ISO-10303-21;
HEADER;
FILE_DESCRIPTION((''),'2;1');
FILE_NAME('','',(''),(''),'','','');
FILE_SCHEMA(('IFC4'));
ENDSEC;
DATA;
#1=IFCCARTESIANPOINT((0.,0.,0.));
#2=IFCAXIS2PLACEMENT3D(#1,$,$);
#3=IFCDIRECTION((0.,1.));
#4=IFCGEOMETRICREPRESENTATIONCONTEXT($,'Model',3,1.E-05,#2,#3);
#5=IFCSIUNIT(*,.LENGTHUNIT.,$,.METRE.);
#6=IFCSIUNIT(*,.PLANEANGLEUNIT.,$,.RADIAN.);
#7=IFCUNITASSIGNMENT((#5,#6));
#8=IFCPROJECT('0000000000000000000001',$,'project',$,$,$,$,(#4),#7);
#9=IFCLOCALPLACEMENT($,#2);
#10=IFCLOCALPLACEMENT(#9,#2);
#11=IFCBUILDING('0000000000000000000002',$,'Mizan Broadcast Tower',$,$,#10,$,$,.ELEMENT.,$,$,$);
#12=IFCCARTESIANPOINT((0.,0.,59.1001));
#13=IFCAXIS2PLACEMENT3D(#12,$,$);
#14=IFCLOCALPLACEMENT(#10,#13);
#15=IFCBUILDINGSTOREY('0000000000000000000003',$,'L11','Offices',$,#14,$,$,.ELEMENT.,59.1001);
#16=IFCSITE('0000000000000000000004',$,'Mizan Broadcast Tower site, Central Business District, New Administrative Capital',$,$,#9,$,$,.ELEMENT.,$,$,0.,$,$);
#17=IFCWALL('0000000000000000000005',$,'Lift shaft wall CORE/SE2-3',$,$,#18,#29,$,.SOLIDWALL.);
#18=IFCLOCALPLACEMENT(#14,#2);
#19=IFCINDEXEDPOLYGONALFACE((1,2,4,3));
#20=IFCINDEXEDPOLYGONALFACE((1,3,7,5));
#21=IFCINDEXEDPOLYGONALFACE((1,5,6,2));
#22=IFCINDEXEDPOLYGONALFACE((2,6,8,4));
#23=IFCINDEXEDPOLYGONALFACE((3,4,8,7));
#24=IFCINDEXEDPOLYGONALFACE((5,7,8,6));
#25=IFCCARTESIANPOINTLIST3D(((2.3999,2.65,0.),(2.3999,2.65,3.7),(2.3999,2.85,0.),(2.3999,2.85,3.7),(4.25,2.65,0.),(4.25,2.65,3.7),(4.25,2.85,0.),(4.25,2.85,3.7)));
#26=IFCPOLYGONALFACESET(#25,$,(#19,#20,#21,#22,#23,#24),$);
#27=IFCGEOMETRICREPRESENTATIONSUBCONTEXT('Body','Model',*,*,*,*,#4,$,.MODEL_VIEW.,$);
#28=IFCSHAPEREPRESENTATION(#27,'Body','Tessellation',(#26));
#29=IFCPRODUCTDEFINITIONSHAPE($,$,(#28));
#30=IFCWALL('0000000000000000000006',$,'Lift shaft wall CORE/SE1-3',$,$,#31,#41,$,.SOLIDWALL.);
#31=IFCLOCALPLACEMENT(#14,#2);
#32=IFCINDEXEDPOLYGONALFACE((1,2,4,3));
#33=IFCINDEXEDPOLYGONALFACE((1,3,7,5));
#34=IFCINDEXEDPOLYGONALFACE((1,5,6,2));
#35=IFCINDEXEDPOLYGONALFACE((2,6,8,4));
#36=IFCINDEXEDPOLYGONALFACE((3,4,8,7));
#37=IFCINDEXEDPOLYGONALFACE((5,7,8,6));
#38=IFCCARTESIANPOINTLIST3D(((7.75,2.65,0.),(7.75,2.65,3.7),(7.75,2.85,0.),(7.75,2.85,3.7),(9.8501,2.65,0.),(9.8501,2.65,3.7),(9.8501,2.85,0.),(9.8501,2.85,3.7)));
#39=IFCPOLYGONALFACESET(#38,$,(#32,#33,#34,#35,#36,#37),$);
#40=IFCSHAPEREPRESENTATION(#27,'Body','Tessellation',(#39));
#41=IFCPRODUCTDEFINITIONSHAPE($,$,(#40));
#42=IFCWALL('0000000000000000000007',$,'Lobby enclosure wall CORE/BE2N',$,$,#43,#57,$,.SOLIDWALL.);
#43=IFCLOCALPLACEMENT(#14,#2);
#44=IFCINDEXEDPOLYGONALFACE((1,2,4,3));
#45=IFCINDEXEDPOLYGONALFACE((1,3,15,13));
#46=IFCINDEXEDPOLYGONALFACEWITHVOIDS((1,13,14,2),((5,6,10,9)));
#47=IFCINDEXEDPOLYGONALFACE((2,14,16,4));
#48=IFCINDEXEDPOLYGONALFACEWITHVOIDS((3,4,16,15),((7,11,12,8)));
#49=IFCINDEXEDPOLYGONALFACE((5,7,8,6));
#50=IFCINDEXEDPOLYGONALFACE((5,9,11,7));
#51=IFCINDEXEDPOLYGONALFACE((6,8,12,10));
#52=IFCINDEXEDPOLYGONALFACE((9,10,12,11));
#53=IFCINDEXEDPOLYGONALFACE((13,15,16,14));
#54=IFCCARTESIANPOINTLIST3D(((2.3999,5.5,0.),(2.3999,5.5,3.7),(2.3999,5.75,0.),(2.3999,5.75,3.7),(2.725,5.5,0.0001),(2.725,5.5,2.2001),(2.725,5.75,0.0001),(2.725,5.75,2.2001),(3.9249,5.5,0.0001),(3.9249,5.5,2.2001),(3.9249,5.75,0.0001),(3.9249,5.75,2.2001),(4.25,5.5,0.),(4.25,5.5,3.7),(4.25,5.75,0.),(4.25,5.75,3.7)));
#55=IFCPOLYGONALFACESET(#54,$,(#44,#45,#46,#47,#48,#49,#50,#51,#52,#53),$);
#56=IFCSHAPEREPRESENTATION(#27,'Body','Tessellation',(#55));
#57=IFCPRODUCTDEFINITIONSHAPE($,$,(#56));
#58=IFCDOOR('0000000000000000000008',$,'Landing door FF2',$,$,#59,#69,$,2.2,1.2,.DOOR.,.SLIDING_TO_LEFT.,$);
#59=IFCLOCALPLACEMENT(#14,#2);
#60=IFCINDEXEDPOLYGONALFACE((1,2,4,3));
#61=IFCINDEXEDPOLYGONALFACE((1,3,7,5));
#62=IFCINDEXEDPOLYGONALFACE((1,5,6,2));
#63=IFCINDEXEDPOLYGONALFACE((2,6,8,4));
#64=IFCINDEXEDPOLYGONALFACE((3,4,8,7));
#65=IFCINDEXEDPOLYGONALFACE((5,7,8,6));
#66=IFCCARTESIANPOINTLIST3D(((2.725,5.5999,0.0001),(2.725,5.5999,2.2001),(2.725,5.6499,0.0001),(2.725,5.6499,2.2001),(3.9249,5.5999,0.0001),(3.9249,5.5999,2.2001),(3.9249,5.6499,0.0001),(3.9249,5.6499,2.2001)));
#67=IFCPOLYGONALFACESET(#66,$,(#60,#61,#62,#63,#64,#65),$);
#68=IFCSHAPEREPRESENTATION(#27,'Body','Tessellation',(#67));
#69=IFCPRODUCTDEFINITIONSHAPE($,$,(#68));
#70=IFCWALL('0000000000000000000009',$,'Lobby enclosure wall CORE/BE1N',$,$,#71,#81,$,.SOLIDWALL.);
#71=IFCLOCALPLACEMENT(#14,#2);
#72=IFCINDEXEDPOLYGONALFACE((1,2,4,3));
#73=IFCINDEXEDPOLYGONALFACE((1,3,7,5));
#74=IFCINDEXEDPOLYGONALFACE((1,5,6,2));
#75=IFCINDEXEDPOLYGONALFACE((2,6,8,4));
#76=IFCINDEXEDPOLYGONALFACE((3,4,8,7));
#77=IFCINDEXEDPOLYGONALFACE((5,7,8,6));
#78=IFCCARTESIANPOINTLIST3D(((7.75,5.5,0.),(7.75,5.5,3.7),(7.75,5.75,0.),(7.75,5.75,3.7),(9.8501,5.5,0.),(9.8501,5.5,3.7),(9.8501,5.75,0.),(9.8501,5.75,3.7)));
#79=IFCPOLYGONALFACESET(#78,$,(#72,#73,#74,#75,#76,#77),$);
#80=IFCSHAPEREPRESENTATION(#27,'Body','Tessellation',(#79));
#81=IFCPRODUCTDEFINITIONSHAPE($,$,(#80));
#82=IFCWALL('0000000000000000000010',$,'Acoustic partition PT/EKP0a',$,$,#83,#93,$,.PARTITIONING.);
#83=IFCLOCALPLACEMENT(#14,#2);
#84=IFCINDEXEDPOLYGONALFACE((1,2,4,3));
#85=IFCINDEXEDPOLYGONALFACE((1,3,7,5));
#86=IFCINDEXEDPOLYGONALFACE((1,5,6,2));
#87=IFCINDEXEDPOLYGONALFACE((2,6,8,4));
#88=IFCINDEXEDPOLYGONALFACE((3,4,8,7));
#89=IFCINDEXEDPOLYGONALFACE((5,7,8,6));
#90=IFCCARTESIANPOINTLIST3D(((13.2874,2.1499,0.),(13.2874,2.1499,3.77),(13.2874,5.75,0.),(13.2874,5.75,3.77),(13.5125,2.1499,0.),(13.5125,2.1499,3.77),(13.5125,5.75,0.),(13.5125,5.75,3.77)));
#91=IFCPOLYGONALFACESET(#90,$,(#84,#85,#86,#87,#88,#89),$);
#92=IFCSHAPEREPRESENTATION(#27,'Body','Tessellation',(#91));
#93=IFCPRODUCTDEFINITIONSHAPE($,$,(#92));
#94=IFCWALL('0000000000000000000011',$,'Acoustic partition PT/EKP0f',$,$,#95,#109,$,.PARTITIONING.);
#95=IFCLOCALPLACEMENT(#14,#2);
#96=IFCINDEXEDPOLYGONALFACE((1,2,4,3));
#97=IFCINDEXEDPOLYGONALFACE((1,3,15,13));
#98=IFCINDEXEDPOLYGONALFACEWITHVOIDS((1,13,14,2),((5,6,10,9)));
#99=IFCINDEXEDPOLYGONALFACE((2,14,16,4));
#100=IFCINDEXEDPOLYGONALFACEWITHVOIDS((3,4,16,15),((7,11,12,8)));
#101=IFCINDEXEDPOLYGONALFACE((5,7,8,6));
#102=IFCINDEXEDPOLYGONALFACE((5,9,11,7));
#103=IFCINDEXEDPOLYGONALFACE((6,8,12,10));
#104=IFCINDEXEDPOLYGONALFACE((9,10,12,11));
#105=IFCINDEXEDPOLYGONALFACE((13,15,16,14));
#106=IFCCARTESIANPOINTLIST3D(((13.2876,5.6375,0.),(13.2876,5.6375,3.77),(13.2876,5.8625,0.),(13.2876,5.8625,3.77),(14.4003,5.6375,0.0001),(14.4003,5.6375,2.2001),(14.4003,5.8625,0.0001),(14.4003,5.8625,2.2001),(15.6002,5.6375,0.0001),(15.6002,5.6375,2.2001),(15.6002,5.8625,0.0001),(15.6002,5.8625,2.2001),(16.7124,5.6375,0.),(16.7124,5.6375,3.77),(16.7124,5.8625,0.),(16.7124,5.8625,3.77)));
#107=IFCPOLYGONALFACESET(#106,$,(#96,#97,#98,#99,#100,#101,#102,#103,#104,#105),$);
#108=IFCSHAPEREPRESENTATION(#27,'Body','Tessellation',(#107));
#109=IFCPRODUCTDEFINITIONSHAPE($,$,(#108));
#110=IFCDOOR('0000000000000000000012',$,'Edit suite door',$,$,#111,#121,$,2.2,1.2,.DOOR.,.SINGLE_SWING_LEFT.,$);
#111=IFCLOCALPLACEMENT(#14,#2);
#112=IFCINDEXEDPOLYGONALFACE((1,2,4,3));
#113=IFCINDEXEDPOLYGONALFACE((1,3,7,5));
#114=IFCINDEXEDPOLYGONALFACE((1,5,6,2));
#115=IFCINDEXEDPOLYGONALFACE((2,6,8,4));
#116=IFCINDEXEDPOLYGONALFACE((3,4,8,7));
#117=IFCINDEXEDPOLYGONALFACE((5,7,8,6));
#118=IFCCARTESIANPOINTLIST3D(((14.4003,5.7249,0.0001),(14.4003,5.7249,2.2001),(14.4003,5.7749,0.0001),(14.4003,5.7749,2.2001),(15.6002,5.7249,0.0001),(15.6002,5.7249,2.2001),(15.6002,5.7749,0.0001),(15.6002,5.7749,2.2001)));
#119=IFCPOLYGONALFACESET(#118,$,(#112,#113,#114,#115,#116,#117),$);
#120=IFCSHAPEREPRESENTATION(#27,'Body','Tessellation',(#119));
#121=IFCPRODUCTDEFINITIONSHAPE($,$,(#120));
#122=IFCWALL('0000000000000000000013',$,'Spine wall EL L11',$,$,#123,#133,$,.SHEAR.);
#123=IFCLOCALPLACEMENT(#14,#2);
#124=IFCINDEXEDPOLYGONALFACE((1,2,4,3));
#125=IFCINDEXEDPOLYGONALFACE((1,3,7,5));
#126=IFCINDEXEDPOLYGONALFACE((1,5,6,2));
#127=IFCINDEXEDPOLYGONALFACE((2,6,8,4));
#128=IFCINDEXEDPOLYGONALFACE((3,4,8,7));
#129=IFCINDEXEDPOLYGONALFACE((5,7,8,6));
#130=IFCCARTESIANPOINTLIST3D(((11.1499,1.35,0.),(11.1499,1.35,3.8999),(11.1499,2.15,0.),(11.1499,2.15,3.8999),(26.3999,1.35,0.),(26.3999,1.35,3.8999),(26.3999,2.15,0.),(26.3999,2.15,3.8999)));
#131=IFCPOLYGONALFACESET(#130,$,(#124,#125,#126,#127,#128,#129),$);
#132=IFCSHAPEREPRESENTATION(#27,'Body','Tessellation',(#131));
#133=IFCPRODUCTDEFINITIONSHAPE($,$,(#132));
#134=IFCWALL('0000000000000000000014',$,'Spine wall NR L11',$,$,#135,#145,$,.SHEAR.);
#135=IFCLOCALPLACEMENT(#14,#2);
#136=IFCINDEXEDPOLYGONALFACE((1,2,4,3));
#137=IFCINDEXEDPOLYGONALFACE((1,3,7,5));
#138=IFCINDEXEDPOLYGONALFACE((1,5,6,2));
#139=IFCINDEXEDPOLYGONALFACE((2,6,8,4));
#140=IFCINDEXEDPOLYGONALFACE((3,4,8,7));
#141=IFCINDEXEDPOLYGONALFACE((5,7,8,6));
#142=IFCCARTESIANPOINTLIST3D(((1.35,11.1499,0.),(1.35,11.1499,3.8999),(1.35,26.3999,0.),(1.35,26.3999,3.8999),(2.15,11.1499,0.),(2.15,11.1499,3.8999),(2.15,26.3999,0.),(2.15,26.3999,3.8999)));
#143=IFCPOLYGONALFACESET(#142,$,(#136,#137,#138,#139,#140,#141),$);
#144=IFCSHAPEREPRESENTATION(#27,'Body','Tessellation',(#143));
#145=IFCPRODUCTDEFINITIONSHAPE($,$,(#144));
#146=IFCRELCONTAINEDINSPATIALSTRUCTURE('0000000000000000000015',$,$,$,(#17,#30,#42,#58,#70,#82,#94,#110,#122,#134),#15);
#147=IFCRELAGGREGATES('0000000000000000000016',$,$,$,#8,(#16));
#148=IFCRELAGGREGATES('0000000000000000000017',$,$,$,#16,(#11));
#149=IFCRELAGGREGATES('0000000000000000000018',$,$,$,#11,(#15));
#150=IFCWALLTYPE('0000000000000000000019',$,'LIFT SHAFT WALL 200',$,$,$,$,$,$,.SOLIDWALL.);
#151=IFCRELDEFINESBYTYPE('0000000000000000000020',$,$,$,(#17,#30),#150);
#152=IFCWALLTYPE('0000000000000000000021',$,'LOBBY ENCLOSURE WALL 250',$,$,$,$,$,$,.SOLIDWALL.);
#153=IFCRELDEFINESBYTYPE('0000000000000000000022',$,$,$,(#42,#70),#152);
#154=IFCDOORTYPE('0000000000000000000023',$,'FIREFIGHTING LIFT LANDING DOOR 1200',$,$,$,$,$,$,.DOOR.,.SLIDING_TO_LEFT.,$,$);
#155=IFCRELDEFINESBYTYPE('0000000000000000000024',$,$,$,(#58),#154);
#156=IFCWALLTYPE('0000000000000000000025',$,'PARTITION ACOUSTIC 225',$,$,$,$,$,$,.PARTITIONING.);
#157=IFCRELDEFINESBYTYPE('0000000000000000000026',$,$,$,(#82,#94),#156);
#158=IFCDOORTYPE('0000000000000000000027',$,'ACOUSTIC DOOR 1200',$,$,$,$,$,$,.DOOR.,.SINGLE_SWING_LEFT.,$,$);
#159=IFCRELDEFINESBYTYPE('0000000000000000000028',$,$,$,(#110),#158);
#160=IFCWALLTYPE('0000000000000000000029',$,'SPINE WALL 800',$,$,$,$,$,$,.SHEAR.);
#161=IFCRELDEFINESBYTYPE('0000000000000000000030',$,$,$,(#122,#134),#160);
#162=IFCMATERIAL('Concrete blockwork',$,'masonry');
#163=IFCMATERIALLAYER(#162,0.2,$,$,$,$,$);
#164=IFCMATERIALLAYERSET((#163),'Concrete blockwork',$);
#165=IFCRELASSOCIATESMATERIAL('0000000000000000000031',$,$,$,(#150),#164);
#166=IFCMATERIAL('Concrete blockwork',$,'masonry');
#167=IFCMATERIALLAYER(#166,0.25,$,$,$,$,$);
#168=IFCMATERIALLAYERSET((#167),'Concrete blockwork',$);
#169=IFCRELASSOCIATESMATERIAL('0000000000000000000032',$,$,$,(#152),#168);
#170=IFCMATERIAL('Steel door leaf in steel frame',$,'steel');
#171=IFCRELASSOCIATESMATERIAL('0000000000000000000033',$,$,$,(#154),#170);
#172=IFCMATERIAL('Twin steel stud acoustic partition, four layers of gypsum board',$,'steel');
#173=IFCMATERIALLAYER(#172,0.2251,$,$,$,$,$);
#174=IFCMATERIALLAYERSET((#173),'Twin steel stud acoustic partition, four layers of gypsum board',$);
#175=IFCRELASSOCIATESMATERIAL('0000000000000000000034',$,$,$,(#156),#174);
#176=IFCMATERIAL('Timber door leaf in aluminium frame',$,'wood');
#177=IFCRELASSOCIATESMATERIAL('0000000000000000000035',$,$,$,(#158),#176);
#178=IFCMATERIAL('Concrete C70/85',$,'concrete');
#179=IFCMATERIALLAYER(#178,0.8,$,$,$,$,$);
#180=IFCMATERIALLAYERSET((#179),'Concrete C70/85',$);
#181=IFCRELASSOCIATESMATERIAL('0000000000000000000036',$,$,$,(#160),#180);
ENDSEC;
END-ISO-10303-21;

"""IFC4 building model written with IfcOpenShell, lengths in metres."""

from ifc_helpers import new_model, si_unit, direction, frame, frame_2d, origin, place, context, subcontext, project, spatial, rectangle, extrude, material, layer, layer_set, type_object, element, fill, save


model = new_model("IFC4")

# Units and contexts
model_context = context("Model", 3, precision=1e-05, world=origin(), true_north=direction((0.0, 1.0)))
body_context = subcontext(model_context, "Body", "Model", "MODEL_VIEW")
ifc_project = project(units=[si_unit("LENGTHUNIT", "METRE"), si_unit("PLANEANGLEUNIT", "RADIAN")], contexts=[model_context])

# Site, building, storey
site_placement = place(None, origin())
site = spatial("IfcSite", under=ifc_project, at=site_placement, Name="Mizan Broadcast Tower site, Central Business District, New Administrative Capital", CompositionType="ELEMENT", RefElevation=0.0)
building_placement = place(site_placement, origin())
building = spatial("IfcBuilding", under=site, at=building_placement, Name="Mizan Broadcast Tower", CompositionType="ELEMENT")
storey_placement = place(building_placement, frame((0.0, 0.0, 59.1001)))
storey = spatial("IfcBuildingStorey", under=building, at=storey_placement, Name="L11", Description="Offices", CompositionType="ELEMENT", Elevation=59.1001)

# Walls
ifc_material_1 = material(Name="Concrete blockwork", Category="masonry")
ifc_layer_1 = layer(ifc_material_1, 0.2)
ifc_layer_set_1 = layer_set([ifc_layer_1], Name="Concrete blockwork")
wall_type_1 = type_object("IfcWallType", Name="LIFT SHAFT WALL 200", PredefinedType="SOLIDWALL", material=ifc_layer_set_1)
wall_1_placement = place(storey_placement, frame((2.3999, 2.75, 0.0), z_axis=(0.0, 0.0, 1.0), x_axis=(1.0, 0.0, 0.0)))
element("IfcWall", 1, at=wall_1_placement, inside=storey, type_object=wall_type_1, Name="Lift shaft wall CORE/SE2-3", PredefinedType="SOLIDWALL", context=body_context, shape_type="SweptSolid", body=[
    extrude(rectangle(XDim=1.8501, YDim=0.2, at=frame_2d((0.925, 0.0))), origin(), (0.0, 0.0, 1.0), 3.7),
])
wall_2_placement = place(storey_placement, frame((7.75, 2.75, 0.0), z_axis=(0.0, 0.0, 1.0), x_axis=(1.0, 0.0, 0.0)))
element("IfcWall", 2, at=wall_2_placement, inside=storey, type_object=wall_type_1, Name="Lift shaft wall CORE/SE1-3", PredefinedType="SOLIDWALL", context=body_context, shape_type="SweptSolid", body=[
    extrude(rectangle(XDim=2.1001, YDim=0.2, at=frame_2d((1.05, 0.0))), origin(), (0.0, 0.0, 1.0), 3.7),
])

# Wall, opening, door
ifc_material_2 = material(Name="Concrete blockwork", Category="masonry")
ifc_layer_2 = layer(ifc_material_2, 0.25)
ifc_layer_set_2 = layer_set([ifc_layer_2], Name="Concrete blockwork")
wall_type_2 = type_object("IfcWallType", Name="LOBBY ENCLOSURE WALL 250", PredefinedType="SOLIDWALL", material=ifc_layer_set_2)
wall_3_placement = place(storey_placement, frame((2.3999, 5.625, 0.0), z_axis=(0.0, 0.0, 1.0), x_axis=(1.0, 0.0, 0.0)))
wall_3 = element("IfcWall", 3, at=wall_3_placement, inside=storey, type_object=wall_type_2, Name="Lobby enclosure wall CORE/BE2N", PredefinedType="SOLIDWALL", context=body_context, shape_type="SweptSolid", body=[
    extrude(rectangle(XDim=1.8501, YDim=0.25, at=frame_2d((0.925, 0.0))), origin(), (0.0, 0.0, 1.0), 3.7),
])
opening_1_placement = place(wall_3_placement, frame((0.325, 0.0, 0.0)))
opening_1 = element("IfcOpeningElement", 4, at=opening_1_placement, cuts=wall_3, PredefinedType="OPENING", context=body_context, shape_type="SweptSolid", body=[
    extrude(rectangle(XDim=1.2, YDim=2.2, at=frame_2d((0.6001, 1.1001))), frame((0.0, 0.135, 0.0), z_axis=(0.0, -1.0, 0.0), x_axis=(1.0, 0.0, 0.0)), (0.0, 0.0, 1.0), 0.27),
])
ifc_material_3 = material(Name="Steel door leaf in steel frame", Category="steel")
door_type_1 = type_object("IfcDoorType", Name="FIREFIGHTING LIFT LANDING DOOR 1200", OperationType="SLIDING_TO_LEFT", PredefinedType="DOOR", material=ifc_material_3)
door_1_placement = place(opening_1_placement, origin())
door_1 = element("IfcDoor", 5, at=door_1_placement, inside=storey, type_object=door_type_1, Name="Landing door FF2", OperationType="SLIDING_TO_LEFT", OverallHeight=2.2, OverallWidth=1.2, PredefinedType="DOOR", context=body_context, shape_type="SweptSolid", body=[
    extrude(rectangle(XDim=1.2, YDim=2.2, at=frame_2d((0.6001, 1.1001))), frame((0.0, 0.0249, 0.0), z_axis=(0.0, -1.0, 0.0), x_axis=(1.0, 0.0, 0.0)), (0.0, 0.0, 1.0), 0.05),
])
fill(opening_1, door_1)

# Walls
wall_4_placement = place(storey_placement, frame((7.75, 5.625, 0.0), z_axis=(0.0, 0.0, 1.0), x_axis=(1.0, 0.0, 0.0)))
element("IfcWall", 6, at=wall_4_placement, inside=storey, type_object=wall_type_2, Name="Lobby enclosure wall CORE/BE1N", PredefinedType="SOLIDWALL", context=body_context, shape_type="SweptSolid", body=[
    extrude(rectangle(XDim=2.1001, YDim=0.25, at=frame_2d((1.05, 0.0))), origin(), (0.0, 0.0, 1.0), 3.7),
])
ifc_material_4 = material(Name="Twin steel stud acoustic partition, four layers of gypsum board", Category="steel")
ifc_layer_3 = layer(ifc_material_4, 0.2251)
ifc_layer_set_3 = layer_set([ifc_layer_3], Name="Twin steel stud acoustic partition, four layers of gypsum board")
wall_type_3 = type_object("IfcWallType", Name="PARTITION ACOUSTIC 225", PredefinedType="PARTITIONING", material=ifc_layer_set_3)
wall_5_placement = place(storey_placement, frame((13.3999, 2.1499, 0.0), z_axis=(0.0, 0.0, 1.0), x_axis=(0.0, 1.0, 0.0)))
element("IfcWall", 7, at=wall_5_placement, inside=storey, type_object=wall_type_3, Name="Acoustic partition PT/EKP0a", PredefinedType="PARTITIONING", context=body_context, shape_type="SweptSolid", body=[
    extrude(rectangle(XDim=3.6001, YDim=0.2251, at=frame_2d((1.8, 0.0))), origin(), (0.0, 0.0, 1.0), 3.77),
])

# Wall, opening, door
wall_6_placement = place(storey_placement, frame((13.2876, 5.75, 0.0), z_axis=(0.0, 0.0, 1.0), x_axis=(1.0, 0.0, 0.0)))
wall_6 = element("IfcWall", 8, at=wall_6_placement, inside=storey, type_object=wall_type_3, Name="Acoustic partition PT/EKP0f", PredefinedType="PARTITIONING", context=body_context, shape_type="SweptSolid", body=[
    extrude(rectangle(XDim=3.4248, YDim=0.2251, at=frame_2d((1.7124, 0.0))), origin(), (0.0, 0.0, 1.0), 3.77),
])
opening_2_placement = place(wall_6_placement, frame((1.1125, 0.0, 0.0)))
opening_2 = element("IfcOpeningElement", 9, at=opening_2_placement, cuts=wall_6, PredefinedType="OPENING", context=body_context, shape_type="SweptSolid", body=[
    extrude(rectangle(XDim=1.2, YDim=2.2, at=frame_2d((0.6001, 1.1001))), frame((0.0, 0.1226, 0.0), z_axis=(0.0, -1.0, 0.0), x_axis=(1.0, 0.0, 0.0)), (0.0, 0.0, 1.0), 0.2451),
])
ifc_material_5 = material(Name="Timber door leaf in aluminium frame", Category="wood")
door_type_2 = type_object("IfcDoorType", Name="ACOUSTIC DOOR 1200", OperationType="SINGLE_SWING_LEFT", PredefinedType="DOOR", material=ifc_material_5)
door_2_placement = place(opening_2_placement, origin())
door_2 = element("IfcDoor", 10, at=door_2_placement, inside=storey, type_object=door_type_2, Name="Edit suite door", OperationType="SINGLE_SWING_LEFT", OverallHeight=2.2, OverallWidth=1.2, PredefinedType="DOOR", context=body_context, shape_type="SweptSolid", body=[
    extrude(rectangle(XDim=1.2, YDim=2.2, at=frame_2d((0.6001, 1.1001))), frame((0.0, 0.0249, 0.0), z_axis=(0.0, -1.0, 0.0), x_axis=(1.0, 0.0, 0.0)), (0.0, 0.0, 1.0), 0.05),
])
fill(opening_2, door_2)

# Walls
ifc_material_6 = material(Name="Concrete C70/85", Category="concrete")
ifc_layer_4 = layer(ifc_material_6, 0.8)
ifc_layer_set_4 = layer_set([ifc_layer_4], Name="Concrete C70/85")
wall_type_4 = type_object("IfcWallType", Name="SPINE WALL 800", PredefinedType="SHEAR", material=ifc_layer_set_4)
for number, where, z_axis, x_axis, name in (
    (11, (11.1499, 1.75, 0.0), (0.0, 0.0, 1.0), (1.0, 0.0, 0.0), "Spine wall EL L11"),
    (12, (1.75, 11.1499, 0.0), (0.0, 0.0, 1.0), (0.0, 1.0, 0.0), "Spine wall NR L11"),
):
    element("IfcWall", number, at=place(storey_placement, frame(where, z_axis=z_axis, x_axis=x_axis)), inside=storey, type_object=wall_type_4, Name=name, PredefinedType="SHEAR", context=body_context, shape_type="SweptSolid", body=[
        extrude(rectangle(XDim=15.25, YDim=0.8, at=frame_2d((7.625, 0.0))), origin(), (0.0, 0.0, 1.0), 3.8999),
    ])

save(model, "model.ifc")
